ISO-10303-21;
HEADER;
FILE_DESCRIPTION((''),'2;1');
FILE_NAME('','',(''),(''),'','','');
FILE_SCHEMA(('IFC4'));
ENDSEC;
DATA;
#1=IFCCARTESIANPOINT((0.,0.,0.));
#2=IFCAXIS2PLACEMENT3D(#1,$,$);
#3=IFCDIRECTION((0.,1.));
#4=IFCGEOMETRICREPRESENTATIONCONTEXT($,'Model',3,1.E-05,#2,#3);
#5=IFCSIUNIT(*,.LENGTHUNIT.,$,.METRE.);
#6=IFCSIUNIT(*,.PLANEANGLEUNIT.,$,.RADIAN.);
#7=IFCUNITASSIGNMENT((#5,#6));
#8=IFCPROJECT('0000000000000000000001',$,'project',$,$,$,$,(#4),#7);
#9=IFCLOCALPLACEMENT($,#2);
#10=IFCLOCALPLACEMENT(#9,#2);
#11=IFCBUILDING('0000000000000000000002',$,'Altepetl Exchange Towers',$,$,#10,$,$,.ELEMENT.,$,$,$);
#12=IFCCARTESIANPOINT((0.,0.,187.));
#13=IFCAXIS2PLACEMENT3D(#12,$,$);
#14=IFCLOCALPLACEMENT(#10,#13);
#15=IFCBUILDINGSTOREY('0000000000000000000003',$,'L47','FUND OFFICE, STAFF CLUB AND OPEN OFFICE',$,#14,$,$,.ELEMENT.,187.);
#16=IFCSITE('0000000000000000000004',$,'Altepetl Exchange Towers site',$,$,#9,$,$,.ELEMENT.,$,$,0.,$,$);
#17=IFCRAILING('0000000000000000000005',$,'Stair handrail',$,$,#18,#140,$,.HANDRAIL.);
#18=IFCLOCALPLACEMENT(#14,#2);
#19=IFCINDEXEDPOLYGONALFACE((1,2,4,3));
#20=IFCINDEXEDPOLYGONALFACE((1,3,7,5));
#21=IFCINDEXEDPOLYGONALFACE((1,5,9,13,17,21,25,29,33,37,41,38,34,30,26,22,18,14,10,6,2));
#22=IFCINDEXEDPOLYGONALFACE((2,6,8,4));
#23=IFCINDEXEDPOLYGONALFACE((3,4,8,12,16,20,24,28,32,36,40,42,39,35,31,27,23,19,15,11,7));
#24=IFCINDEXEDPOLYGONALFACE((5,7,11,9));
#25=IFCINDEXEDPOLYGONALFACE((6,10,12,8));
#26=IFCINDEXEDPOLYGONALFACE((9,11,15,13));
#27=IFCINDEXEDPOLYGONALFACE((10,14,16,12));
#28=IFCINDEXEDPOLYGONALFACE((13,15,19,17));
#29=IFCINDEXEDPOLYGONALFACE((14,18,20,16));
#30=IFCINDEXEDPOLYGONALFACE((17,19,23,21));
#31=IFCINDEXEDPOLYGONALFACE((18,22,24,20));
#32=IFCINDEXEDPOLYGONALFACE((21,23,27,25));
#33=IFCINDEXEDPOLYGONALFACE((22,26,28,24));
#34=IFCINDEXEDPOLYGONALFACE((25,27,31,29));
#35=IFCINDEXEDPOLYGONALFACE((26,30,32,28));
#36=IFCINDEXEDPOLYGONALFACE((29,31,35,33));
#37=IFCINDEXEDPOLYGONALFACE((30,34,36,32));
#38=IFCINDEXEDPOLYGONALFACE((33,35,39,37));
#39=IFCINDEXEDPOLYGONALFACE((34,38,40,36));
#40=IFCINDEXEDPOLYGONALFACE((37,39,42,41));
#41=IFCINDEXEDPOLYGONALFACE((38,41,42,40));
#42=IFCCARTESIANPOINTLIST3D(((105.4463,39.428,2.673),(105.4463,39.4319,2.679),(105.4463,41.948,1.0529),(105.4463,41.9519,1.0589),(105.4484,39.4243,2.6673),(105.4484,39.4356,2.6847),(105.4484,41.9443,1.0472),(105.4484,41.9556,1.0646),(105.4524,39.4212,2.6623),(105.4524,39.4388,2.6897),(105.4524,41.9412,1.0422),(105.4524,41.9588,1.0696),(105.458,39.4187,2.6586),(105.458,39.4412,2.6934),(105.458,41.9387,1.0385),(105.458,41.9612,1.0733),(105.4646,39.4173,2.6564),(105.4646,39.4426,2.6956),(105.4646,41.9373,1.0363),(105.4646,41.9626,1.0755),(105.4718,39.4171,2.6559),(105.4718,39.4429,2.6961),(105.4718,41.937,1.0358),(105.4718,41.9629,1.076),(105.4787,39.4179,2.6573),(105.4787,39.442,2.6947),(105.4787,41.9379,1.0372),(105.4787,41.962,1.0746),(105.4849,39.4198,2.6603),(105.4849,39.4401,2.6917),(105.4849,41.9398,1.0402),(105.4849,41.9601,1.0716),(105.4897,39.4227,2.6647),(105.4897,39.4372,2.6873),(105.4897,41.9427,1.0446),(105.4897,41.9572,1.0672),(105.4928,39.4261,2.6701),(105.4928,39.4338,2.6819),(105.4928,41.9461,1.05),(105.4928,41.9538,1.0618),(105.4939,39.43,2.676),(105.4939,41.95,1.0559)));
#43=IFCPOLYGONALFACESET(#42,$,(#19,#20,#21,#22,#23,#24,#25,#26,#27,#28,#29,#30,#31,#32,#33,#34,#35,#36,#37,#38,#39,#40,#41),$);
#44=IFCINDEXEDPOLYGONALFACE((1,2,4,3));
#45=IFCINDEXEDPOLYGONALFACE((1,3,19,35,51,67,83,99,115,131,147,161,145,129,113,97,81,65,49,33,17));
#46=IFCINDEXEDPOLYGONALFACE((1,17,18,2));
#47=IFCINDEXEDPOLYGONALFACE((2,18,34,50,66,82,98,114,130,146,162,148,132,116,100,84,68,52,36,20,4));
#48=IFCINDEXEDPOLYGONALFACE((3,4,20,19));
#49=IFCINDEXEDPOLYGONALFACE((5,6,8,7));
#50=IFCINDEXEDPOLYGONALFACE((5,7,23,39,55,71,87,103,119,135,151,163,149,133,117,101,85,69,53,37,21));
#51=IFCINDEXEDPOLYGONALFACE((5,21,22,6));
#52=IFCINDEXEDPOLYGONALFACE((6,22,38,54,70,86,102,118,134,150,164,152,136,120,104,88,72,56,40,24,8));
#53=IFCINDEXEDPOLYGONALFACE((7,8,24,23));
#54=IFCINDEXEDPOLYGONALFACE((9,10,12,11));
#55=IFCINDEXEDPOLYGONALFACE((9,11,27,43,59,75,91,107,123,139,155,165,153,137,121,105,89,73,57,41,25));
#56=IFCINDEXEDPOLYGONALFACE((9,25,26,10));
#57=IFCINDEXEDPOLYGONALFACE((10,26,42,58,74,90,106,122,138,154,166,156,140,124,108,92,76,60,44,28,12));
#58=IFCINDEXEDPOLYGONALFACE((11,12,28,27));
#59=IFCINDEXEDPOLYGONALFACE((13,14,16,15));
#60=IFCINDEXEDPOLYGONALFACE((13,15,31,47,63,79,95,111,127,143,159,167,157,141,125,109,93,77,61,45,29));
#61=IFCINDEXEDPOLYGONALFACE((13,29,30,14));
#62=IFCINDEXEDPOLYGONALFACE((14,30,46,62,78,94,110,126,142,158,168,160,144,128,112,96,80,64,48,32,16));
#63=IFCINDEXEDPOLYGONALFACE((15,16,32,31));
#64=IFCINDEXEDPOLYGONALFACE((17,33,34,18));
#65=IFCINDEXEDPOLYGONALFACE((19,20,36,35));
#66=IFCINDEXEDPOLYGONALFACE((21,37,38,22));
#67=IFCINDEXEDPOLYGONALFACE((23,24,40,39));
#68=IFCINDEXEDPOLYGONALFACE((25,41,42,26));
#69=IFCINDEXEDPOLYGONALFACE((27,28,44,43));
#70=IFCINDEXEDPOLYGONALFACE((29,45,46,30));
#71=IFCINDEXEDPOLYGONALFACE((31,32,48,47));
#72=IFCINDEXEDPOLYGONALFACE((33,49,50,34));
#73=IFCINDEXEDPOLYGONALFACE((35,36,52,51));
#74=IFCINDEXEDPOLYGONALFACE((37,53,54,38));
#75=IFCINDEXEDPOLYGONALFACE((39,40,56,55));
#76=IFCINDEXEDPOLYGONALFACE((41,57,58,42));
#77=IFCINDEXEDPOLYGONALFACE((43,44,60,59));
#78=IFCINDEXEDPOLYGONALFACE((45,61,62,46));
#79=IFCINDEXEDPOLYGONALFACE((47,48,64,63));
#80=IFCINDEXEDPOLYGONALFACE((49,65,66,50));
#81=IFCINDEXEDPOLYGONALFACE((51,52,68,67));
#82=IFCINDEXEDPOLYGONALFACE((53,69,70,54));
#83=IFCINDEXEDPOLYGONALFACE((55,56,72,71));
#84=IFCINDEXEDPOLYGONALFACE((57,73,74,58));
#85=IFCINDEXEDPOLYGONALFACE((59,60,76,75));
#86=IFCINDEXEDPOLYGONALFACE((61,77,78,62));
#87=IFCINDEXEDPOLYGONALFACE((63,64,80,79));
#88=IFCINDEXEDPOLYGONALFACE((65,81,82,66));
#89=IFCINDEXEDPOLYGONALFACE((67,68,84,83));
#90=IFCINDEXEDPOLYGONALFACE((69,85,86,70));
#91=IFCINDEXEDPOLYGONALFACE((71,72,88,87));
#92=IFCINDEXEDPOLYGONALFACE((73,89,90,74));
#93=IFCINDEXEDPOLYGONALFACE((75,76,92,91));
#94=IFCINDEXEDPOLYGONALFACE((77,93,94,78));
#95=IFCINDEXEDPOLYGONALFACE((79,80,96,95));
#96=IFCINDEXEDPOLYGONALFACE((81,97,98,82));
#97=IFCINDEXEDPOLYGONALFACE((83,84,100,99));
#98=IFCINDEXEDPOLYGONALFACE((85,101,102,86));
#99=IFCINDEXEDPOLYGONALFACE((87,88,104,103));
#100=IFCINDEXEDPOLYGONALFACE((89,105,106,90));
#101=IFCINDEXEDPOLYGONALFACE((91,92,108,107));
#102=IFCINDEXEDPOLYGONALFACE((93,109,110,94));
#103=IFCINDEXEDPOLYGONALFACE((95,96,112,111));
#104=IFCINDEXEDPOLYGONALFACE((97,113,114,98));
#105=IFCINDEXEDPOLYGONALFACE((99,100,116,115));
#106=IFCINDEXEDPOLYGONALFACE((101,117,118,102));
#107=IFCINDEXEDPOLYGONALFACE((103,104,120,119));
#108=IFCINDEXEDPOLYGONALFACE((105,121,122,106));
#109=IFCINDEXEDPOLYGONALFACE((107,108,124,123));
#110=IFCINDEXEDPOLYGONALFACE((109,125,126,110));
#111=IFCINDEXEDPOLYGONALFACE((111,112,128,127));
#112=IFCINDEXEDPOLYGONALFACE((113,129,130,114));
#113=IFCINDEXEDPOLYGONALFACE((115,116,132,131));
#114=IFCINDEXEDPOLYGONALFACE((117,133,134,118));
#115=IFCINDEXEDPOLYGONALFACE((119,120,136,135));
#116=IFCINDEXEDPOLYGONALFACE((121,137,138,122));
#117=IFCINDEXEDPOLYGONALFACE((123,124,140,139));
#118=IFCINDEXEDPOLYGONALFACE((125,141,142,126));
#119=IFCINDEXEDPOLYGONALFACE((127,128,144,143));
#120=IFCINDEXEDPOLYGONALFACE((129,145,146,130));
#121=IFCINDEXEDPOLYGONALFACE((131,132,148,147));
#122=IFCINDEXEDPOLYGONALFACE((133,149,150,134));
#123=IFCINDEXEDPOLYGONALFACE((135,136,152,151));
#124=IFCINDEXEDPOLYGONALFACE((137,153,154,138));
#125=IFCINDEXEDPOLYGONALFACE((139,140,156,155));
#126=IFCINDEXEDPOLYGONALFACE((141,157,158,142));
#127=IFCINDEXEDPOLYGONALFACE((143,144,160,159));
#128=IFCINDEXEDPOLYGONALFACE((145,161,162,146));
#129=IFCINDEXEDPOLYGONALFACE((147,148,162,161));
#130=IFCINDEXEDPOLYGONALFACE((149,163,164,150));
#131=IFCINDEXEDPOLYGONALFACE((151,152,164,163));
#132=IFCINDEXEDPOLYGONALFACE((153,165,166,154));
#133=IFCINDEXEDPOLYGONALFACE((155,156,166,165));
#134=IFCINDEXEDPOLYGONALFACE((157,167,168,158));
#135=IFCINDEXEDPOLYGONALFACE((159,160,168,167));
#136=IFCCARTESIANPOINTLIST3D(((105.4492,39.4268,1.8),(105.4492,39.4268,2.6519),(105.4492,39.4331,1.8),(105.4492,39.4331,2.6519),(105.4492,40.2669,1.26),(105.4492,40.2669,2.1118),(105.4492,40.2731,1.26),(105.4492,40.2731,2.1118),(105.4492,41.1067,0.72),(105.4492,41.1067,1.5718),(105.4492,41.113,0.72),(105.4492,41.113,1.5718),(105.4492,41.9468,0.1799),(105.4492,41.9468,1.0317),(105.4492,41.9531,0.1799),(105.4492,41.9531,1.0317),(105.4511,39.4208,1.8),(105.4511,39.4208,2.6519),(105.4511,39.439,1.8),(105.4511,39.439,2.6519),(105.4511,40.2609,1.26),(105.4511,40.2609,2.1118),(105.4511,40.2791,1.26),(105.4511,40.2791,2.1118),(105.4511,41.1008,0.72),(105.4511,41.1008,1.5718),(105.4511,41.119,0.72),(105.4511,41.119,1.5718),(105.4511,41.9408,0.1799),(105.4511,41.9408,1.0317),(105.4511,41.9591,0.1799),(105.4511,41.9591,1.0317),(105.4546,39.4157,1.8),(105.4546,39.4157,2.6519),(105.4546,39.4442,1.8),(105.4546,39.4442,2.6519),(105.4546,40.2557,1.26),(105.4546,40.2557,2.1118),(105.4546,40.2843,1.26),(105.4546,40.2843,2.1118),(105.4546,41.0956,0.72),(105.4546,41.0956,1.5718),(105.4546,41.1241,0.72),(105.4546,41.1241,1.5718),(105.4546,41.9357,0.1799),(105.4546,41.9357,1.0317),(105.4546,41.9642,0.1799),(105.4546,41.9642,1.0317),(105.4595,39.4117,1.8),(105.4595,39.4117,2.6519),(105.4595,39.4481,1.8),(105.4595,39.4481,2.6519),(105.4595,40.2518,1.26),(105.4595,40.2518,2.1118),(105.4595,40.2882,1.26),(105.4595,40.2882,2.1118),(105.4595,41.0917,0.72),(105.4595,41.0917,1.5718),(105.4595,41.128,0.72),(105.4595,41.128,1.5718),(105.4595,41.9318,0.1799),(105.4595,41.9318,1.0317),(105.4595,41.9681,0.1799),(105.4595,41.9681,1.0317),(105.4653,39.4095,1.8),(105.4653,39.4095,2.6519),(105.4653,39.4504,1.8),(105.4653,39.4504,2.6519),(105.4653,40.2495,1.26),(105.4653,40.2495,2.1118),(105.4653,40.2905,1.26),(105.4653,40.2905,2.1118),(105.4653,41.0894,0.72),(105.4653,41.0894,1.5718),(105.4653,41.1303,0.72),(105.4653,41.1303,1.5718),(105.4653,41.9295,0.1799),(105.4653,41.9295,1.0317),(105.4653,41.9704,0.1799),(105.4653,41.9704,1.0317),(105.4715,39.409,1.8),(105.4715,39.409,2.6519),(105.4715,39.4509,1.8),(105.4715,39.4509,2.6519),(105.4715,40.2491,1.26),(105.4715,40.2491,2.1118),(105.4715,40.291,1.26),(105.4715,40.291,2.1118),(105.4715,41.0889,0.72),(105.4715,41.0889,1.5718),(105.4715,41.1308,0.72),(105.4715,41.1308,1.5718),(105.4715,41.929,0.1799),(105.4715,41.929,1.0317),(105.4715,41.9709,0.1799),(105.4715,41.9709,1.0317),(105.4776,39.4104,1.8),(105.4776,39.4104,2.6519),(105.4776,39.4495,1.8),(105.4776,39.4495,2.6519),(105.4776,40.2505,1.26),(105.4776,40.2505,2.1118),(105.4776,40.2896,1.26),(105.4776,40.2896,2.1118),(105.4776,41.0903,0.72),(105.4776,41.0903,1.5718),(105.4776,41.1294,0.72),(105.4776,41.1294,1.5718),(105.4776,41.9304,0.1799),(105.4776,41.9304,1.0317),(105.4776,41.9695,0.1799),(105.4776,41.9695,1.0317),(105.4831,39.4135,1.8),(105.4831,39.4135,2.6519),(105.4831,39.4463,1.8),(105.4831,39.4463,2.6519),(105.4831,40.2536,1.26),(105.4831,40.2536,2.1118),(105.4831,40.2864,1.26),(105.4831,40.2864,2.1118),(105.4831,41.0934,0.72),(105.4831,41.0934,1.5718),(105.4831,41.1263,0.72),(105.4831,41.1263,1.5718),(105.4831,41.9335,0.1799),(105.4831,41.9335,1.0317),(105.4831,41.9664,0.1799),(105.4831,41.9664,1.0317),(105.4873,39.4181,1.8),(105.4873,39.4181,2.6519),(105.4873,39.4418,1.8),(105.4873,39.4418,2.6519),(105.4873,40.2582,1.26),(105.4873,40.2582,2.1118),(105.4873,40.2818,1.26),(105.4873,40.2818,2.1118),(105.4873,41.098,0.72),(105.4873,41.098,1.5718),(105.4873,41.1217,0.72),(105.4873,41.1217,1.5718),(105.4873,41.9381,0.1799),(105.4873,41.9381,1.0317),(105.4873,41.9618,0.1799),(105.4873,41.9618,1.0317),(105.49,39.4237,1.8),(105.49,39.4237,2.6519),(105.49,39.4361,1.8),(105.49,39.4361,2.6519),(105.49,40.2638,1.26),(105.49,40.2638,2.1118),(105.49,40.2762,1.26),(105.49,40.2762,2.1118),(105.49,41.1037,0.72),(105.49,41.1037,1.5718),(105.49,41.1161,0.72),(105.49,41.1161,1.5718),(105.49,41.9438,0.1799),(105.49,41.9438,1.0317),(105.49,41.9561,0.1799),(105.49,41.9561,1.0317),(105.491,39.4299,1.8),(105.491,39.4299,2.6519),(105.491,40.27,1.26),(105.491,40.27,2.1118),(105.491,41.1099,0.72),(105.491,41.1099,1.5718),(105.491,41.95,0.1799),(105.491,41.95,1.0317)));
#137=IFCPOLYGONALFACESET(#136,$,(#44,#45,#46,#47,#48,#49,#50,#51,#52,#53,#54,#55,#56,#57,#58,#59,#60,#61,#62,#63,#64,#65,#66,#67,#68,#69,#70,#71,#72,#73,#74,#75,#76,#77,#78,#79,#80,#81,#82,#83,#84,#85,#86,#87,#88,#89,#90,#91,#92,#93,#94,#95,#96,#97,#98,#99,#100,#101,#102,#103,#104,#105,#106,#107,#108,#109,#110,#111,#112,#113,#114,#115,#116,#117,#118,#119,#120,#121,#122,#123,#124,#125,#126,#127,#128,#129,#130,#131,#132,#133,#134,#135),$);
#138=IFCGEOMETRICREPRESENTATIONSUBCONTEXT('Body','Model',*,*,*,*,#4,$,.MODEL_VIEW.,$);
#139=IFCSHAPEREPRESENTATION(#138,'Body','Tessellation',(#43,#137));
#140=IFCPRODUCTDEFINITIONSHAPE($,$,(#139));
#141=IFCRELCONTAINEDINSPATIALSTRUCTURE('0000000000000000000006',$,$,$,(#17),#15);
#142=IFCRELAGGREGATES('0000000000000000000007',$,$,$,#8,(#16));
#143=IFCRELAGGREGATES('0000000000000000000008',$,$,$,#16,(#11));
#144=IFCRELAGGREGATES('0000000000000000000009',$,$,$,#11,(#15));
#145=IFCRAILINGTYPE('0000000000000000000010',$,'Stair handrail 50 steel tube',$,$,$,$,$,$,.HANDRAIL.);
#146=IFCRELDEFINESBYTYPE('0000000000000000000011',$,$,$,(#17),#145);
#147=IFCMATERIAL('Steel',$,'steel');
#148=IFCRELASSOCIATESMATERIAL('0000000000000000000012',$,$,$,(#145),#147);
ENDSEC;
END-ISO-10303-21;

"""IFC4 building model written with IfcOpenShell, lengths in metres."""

from ifc_helpers import new_model, si_unit, direction, frame, origin, origin_2d, place, context, subcontext, project, spatial, circle, extrude, source, transform, mapped, material, type_object, element, save


model = new_model("IFC4")

# Units and contexts
model_context = context("Model", 3, precision=1e-05, world=origin(), true_north=direction((0.0, 1.0)))
body_context = subcontext(model_context, "Body", "Model", "MODEL_VIEW")
ifc_project = project(units=[si_unit("LENGTHUNIT", "METRE"), si_unit("PLANEANGLEUNIT", "RADIAN")], contexts=[model_context])

# Site, building, storey
site_placement = place(None, origin())
site = spatial("IfcSite", under=ifc_project, at=site_placement, Name="Altepetl Exchange Towers site", CompositionType="ELEMENT", RefElevation=0.0)
building_placement = place(site_placement, origin())
building = spatial("IfcBuilding", under=site, at=building_placement, Name="Altepetl Exchange Towers", CompositionType="ELEMENT")
storey_placement = place(building_placement, frame((0.0, 0.0, 187.0)))
storey = spatial("IfcBuildingStorey", under=building, at=storey_placement, Name="L47", Description="FUND OFFICE, STAFF CLUB AND OPEN OFFICE", CompositionType="ELEMENT", Elevation=187.0)

# Railing
ifc_material_1 = material(Name="Steel", Category="steel")
railing_type = type_object("IfcRailingType", Name="Stair handrail 50 steel tube", PredefinedType="HANDRAIL", material=ifc_material_1)
shared_shape = source(origin(), body_context, "Body", "SweptSolid", [
    extrude(circle(Radius=0.021, at=origin_2d()), origin(), (0.0, 0.0, 1.0), 0.8518),
])
railing_1_placement = place(storey_placement, frame((105.47, 41.95, 0.1799)))
element("IfcRailing", 1, at=railing_1_placement, inside=storey, type_object=railing_type, Name="Stair handrail", PredefinedType="HANDRAIL", context=body_context, shape_type="SweptSolid", body=[
    extrude(circle(Radius=0.0239, at=origin_2d()), frame((0.0, 0.0, 0.876), z_axis=(0.0, -0.841163, 0.540782), x_axis=(1.0, 0.0, 0.0)), (0.0, 0.0, 1.0), 2.9958),
    mapped(shared_shape, transform((0.0, 0.0, 0.0))),
    mapped(shared_shape, transform((0.0, -0.8401, 0.54))),
    mapped(shared_shape, transform((0.0, -1.6799, 1.0801))),
    mapped(shared_shape, transform((0.0, -2.52, 1.6201))),
])

save(model, "model.ifc")
